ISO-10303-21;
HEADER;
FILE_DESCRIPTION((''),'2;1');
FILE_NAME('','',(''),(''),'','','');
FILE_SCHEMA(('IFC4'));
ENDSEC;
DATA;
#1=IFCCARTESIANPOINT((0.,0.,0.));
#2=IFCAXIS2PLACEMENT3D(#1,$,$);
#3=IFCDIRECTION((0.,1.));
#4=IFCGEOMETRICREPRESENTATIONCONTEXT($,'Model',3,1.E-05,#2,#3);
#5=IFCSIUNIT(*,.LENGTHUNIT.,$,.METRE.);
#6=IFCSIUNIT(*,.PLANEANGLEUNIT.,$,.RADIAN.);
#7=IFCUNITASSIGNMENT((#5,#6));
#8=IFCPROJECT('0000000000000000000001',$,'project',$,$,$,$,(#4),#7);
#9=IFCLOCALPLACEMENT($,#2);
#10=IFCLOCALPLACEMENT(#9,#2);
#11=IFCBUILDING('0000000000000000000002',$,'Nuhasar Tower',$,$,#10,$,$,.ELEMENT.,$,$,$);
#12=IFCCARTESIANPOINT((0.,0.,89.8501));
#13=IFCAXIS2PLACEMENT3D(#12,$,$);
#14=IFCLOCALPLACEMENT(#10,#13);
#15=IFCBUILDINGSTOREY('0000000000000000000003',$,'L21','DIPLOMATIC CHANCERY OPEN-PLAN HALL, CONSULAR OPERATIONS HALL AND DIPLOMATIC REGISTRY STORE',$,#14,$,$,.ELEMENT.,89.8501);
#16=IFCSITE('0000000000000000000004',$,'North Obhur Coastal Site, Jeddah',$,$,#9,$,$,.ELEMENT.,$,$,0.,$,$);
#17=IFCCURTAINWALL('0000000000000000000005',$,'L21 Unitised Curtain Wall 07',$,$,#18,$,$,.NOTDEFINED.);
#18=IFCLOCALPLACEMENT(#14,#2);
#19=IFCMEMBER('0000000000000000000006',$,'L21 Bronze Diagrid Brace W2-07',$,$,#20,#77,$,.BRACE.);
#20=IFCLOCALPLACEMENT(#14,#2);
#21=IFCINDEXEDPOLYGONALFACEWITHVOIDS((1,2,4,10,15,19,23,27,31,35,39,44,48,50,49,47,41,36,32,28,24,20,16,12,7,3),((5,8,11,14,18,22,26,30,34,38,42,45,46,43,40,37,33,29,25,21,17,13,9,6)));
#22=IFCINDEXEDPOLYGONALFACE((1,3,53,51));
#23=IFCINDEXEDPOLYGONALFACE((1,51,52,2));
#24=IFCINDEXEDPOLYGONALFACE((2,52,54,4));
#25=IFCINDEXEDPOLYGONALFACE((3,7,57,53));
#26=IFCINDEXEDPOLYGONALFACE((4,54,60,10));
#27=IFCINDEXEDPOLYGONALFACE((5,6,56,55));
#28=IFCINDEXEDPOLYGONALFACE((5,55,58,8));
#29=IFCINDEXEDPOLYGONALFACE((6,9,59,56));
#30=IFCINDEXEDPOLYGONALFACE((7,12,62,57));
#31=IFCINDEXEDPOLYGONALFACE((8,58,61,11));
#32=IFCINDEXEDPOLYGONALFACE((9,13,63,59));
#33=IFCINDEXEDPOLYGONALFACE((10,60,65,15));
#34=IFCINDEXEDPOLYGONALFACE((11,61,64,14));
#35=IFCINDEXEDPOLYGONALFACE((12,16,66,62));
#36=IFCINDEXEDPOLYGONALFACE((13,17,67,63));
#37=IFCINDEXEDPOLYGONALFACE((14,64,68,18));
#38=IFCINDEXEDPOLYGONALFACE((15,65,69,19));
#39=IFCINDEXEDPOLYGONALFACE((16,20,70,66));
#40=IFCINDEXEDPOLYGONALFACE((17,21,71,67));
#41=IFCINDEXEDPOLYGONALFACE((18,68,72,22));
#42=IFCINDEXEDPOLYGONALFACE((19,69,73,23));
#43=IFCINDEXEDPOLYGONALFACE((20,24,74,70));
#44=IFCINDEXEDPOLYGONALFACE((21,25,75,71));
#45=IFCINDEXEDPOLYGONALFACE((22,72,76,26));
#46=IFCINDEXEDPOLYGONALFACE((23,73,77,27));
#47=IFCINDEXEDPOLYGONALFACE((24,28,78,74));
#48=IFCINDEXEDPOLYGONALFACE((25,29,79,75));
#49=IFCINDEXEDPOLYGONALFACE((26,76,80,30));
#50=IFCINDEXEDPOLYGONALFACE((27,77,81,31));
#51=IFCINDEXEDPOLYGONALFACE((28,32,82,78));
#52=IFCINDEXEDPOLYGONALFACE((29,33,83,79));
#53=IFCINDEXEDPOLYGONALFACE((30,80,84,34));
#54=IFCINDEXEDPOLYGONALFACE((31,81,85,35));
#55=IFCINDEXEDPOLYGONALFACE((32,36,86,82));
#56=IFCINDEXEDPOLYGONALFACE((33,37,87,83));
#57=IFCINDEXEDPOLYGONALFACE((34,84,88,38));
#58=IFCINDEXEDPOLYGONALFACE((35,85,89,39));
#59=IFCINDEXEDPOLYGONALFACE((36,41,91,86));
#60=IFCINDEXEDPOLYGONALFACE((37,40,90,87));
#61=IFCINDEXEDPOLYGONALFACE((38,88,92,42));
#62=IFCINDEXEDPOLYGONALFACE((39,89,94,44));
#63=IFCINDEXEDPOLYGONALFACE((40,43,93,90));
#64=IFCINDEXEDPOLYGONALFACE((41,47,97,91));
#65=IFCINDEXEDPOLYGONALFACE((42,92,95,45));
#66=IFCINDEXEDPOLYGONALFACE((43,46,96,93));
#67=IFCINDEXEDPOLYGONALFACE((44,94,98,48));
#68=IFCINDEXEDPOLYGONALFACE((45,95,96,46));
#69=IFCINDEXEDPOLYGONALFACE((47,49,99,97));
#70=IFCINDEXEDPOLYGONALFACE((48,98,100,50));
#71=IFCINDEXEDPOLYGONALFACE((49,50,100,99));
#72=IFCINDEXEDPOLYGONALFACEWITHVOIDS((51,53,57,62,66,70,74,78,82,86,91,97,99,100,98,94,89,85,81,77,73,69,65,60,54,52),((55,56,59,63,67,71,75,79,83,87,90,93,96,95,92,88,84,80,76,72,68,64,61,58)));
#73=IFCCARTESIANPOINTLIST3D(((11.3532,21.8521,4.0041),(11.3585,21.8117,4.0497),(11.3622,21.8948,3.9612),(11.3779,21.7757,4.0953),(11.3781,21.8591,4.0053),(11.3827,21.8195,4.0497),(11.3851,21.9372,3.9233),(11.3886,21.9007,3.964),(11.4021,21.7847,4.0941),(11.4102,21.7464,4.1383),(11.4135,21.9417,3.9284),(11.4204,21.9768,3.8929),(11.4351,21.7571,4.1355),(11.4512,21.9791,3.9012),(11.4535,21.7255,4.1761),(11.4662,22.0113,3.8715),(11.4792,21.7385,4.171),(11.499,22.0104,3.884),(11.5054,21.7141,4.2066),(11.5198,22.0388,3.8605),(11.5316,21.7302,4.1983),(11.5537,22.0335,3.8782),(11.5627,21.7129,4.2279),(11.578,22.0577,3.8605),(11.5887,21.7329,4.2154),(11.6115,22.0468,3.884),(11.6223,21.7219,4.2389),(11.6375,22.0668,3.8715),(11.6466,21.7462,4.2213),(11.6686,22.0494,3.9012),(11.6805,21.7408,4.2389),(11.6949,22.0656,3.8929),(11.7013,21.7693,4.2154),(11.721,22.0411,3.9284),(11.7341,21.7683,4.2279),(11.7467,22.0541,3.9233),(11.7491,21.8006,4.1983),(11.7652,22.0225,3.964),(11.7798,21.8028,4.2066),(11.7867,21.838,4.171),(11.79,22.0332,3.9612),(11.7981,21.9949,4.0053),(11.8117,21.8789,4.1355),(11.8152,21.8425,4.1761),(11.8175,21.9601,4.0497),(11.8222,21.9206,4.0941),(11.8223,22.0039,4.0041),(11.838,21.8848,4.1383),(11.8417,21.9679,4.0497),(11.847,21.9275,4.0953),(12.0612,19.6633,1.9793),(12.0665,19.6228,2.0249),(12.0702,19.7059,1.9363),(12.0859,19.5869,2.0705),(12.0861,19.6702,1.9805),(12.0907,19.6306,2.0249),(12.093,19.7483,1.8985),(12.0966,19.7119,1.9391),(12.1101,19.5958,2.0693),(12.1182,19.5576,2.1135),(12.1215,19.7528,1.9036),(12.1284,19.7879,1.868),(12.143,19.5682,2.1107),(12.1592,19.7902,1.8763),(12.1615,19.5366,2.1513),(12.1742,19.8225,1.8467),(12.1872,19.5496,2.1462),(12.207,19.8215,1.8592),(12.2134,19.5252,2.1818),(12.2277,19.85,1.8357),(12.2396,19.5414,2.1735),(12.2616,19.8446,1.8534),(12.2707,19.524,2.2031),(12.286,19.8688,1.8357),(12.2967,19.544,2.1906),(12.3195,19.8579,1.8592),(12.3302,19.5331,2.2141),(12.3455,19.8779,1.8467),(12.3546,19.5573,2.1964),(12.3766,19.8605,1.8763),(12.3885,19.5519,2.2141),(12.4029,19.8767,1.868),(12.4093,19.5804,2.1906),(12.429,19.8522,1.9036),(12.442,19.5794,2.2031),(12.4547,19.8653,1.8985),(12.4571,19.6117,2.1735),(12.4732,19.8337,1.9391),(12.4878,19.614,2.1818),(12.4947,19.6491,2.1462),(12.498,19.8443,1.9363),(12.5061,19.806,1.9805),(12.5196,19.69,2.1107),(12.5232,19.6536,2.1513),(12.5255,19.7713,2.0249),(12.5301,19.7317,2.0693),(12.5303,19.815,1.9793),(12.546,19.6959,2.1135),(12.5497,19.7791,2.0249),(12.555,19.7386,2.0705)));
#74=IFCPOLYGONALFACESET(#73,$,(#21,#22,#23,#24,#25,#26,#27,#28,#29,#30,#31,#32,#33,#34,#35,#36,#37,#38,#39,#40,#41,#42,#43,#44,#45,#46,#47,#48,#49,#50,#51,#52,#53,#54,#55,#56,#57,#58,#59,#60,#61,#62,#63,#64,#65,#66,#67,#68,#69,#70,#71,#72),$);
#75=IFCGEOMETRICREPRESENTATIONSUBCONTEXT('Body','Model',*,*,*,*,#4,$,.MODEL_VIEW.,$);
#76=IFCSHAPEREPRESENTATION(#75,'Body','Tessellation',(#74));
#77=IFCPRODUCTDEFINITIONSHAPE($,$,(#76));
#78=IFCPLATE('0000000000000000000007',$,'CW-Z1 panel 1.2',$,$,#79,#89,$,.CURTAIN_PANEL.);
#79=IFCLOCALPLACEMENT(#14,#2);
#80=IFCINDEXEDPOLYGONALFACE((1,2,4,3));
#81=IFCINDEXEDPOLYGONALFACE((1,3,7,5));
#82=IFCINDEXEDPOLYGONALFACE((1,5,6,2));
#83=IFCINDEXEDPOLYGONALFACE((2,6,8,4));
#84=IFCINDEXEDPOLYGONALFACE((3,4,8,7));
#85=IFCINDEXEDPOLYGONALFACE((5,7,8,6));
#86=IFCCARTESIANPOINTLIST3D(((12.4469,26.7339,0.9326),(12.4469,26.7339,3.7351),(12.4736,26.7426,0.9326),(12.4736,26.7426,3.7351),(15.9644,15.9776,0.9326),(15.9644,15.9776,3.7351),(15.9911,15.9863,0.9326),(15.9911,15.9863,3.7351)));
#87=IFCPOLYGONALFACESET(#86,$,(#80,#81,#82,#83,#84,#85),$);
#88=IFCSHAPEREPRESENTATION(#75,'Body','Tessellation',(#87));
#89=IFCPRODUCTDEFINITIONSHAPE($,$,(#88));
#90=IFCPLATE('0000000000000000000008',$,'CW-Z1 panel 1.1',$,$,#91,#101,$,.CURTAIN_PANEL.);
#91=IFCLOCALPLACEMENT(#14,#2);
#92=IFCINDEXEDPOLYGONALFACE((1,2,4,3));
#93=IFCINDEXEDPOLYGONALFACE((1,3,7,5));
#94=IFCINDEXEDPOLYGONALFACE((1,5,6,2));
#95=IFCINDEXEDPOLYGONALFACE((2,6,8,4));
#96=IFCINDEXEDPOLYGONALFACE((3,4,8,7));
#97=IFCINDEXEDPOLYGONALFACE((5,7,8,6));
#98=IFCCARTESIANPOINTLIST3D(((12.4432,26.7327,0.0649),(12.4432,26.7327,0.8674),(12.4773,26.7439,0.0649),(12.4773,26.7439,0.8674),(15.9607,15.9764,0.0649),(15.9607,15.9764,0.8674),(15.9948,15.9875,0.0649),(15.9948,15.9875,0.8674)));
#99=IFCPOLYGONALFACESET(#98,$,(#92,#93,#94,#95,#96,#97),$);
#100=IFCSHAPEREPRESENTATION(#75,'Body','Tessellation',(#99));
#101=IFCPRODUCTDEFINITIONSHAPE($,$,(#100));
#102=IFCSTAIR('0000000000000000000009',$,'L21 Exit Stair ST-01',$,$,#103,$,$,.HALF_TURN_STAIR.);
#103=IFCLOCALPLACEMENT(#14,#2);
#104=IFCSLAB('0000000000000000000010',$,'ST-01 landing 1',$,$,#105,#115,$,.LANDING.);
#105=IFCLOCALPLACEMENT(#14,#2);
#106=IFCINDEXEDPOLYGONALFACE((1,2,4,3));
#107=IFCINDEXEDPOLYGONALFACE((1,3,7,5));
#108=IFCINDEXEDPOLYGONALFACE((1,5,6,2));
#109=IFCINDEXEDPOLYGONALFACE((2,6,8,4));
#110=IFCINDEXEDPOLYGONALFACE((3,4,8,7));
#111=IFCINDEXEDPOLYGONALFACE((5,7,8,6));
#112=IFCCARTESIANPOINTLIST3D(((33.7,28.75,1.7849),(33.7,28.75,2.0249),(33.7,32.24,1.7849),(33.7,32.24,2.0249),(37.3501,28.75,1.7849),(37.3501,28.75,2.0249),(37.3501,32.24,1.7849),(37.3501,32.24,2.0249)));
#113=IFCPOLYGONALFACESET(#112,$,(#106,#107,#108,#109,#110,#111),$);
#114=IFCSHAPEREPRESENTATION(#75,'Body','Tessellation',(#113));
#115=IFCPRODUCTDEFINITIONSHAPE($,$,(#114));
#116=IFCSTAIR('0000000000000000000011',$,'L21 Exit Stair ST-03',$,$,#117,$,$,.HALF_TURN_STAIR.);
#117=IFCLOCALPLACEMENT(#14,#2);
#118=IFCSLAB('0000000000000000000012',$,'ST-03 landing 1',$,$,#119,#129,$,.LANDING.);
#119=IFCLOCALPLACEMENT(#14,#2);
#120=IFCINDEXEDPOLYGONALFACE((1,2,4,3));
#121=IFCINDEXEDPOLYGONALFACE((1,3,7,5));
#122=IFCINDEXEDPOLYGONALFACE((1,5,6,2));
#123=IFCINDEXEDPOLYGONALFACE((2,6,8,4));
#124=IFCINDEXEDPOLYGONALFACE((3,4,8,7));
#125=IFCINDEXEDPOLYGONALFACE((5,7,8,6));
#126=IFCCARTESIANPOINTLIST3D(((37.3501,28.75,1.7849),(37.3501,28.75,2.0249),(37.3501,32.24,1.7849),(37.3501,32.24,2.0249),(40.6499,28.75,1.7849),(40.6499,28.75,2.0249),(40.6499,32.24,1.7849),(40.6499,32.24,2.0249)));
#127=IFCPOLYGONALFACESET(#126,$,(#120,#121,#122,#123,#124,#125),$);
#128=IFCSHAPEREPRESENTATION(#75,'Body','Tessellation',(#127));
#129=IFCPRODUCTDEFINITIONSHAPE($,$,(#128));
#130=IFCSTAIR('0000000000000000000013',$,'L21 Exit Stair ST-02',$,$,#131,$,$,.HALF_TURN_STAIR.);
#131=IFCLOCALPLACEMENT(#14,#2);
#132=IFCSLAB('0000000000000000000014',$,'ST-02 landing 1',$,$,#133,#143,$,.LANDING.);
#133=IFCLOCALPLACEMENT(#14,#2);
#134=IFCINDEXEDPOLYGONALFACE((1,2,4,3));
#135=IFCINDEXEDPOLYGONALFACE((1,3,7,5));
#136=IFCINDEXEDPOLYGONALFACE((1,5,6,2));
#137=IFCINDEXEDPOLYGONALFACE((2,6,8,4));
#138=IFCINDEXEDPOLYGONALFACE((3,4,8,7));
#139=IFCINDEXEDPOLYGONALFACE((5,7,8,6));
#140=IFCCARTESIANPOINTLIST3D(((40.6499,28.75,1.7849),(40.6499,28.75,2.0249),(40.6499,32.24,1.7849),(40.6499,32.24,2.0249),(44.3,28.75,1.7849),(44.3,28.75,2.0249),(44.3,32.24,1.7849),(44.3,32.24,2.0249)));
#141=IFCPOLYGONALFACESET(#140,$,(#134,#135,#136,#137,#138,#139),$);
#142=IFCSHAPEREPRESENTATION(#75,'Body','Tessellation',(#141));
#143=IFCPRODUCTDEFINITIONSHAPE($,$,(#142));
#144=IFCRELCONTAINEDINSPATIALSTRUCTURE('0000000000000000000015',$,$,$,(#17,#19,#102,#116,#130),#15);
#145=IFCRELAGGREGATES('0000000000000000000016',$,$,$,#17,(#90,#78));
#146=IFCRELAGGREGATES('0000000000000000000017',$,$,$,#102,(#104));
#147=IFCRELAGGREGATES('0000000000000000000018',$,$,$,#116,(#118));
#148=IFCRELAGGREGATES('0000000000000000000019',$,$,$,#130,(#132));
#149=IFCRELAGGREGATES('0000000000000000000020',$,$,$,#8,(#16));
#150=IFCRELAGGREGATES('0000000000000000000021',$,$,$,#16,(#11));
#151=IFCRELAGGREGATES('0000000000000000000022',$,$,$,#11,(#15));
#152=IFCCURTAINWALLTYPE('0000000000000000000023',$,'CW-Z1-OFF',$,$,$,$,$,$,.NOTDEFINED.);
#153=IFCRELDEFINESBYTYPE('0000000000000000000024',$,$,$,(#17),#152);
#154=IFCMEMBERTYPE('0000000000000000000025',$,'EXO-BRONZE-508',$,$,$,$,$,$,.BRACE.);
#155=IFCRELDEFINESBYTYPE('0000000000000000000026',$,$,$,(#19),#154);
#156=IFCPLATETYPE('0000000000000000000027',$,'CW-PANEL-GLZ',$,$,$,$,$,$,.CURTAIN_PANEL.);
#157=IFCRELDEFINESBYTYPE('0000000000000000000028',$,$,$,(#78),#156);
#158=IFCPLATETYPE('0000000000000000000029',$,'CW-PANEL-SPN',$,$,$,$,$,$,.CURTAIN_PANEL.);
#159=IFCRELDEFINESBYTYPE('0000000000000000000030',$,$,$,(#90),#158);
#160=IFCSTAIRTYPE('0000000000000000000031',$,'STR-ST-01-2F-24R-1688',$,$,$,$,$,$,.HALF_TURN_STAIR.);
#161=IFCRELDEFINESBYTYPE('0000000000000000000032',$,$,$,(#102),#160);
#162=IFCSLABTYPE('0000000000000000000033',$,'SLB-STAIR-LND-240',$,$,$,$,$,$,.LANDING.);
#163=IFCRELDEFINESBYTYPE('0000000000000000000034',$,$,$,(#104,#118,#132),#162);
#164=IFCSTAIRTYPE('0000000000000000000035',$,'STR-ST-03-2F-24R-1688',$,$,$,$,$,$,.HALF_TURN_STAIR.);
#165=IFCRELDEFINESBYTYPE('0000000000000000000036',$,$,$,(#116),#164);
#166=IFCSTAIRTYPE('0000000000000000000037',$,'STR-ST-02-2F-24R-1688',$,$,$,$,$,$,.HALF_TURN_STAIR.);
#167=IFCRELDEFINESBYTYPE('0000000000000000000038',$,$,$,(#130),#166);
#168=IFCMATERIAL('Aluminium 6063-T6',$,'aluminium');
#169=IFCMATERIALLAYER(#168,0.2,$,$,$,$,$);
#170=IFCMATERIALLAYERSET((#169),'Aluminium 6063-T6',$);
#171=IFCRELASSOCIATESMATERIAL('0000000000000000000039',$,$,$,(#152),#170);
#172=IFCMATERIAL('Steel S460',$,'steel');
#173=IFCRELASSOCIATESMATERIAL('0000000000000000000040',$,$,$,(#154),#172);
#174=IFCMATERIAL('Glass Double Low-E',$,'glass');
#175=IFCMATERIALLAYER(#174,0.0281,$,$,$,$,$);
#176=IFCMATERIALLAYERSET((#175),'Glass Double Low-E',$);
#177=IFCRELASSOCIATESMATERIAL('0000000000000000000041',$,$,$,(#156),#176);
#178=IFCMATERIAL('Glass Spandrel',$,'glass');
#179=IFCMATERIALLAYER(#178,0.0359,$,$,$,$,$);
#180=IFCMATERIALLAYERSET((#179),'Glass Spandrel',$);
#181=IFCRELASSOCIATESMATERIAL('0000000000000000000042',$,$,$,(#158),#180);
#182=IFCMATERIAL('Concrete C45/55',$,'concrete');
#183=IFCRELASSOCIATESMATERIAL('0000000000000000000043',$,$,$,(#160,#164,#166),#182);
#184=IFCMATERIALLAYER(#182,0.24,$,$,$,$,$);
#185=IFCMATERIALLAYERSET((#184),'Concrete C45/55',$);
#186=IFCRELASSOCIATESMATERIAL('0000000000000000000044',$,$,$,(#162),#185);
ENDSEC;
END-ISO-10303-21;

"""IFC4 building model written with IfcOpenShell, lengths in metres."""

from ifc_helpers import new_model, si_unit, direction, frame, origin, origin_2d, place, context, subcontext, project, spatial, polyline, rectangle, hollow_circle, outline, extrude, material, layer, layer_set, material_profile, profile_set, type_object, element, aggregate, save


model = new_model("IFC4")

# Units and contexts
model_context = context("Model", 3, precision=1e-05, world=origin(), true_north=direction((0.0, 1.0)))
body_context = subcontext(model_context, "Body", "Model", "MODEL_VIEW")
ifc_project = project(units=[si_unit("LENGTHUNIT", "METRE"), si_unit("PLANEANGLEUNIT", "RADIAN")], contexts=[model_context])

# Site, building, storey
site_placement = place(None, origin())
site = spatial("IfcSite", under=ifc_project, at=site_placement, Name="North Obhur Coastal Site, Jeddah", CompositionType="ELEMENT", RefElevation=0.0)
building_placement = place(site_placement, origin())
building = spatial("IfcBuilding", under=site, at=building_placement, Name="Nuhasar Tower", CompositionType="ELEMENT")
storey_placement = place(building_placement, frame((0.0, 0.0, 89.8501)))
storey = spatial("IfcBuildingStorey", under=building, at=storey_placement, Name="L21", Description="DIPLOMATIC CHANCERY OPEN-PLAN HALL, CONSULAR OPERATIONS HALL AND DIPLOMATIC REGISTRY STORE", CompositionType="ELEMENT", Elevation=89.8501)

# Curtain wall
ifc_material_1 = material(Name="Aluminium 6063-T6", Category="aluminium")
ifc_layer_1 = layer(ifc_material_1, 0.2)
ifc_layer_set_1 = layer_set([ifc_layer_1], Name="Aluminium 6063-T6")
curtain_wall_type = type_object("IfcCurtainWallType", Name="CW-Z1-OFF", PredefinedType="NOTDEFINED", material=ifc_layer_set_1)
curtain_wall_1_placement = place(storey_placement, origin())
curtain_wall_1 = element("IfcCurtainWall", 1, at=curtain_wall_1_placement, inside=storey, type_object=curtain_wall_type, Name="L21 Unitised Curtain Wall 07", PredefinedType="NOTDEFINED")

# Member
ifc_material_2 = material(Name="Steel S460", Category="steel")
ifc_material_profile_1 = material_profile(ifc_material_2, hollow_circle(Radius=0.2539, WallThickness=0.0254, at=origin_2d()), Name="HSS508X25.4")
ifc_profile_set_1 = profile_set([ifc_material_profile_1], Name="Steel S460")
member_type_1 = type_object("IfcMemberType", Name="EXO-BRONZE-508", PredefinedType="BRACE", material=ifc_profile_set_1)
for number, where, z_axis, x_axis, name in (
    (2, (12.3081, 19.7009, 2.0249), (-0.231012, 0.714225, 0.660694), (-0.951468, -0.307747, 0.0), "L21 Bronze Diagrid Brace W2-07"),
):
    element("IfcMember", number, at=place(storey_placement, frame(where, z_axis=z_axis, x_axis=x_axis)), inside=storey, type_object=member_type_1, Name=name, PredefinedType="BRACE", context=body_context, shape_type="SweptSolid", body=[
        extrude(hollow_circle(Radius=0.2539, WallThickness=0.0254, at=origin_2d()), origin(), (0.0, 0.0, 1.0), 3.0647),
    ])

# Plates
ifc_material_3 = material(Name="Glass Double Low-E", Category="glass")
ifc_layer_2 = layer(ifc_material_3, 0.0281)
ifc_layer_set_2 = layer_set([ifc_layer_2], Name="Glass Double Low-E")
plate_type_1 = type_object("IfcPlateType", Name="CW-PANEL-GLZ", PredefinedType="CURTAIN_PANEL", material=ifc_layer_set_2)
plate_1_placement = place(storey_placement, frame((14.219, 21.3601, 0.9326), z_axis=(0.0, 0.0, 1.0), x_axis=(0.310824, -0.950468, 0.0)))
plate_1 = element("IfcPlate", 3, at=plate_1_placement, type_object=plate_type_1, Name="CW-Z1 panel 1.2", PredefinedType="CURTAIN_PANEL", context=body_context, shape_type="SweptSolid", body=[
    extrude(rectangle(XDim=11.3169, YDim=0.0281, at=origin_2d()), origin(), (0.0, 0.0, 1.0), 2.8025),
])
ifc_material_4 = material(Name="Glass Spandrel", Category="glass")
ifc_layer_3 = layer(ifc_material_4, 0.0359)
ifc_layer_set_3 = layer_set([ifc_layer_3], Name="Glass Spandrel")
plate_type_2 = type_object("IfcPlateType", Name="CW-PANEL-SPN", PredefinedType="CURTAIN_PANEL", material=ifc_layer_set_3)
plate_2_placement = place(storey_placement, frame((14.219, 21.3601, 0.0649), z_axis=(0.0, 0.0, 1.0), x_axis=(0.310824, -0.950468, 0.0)))
plate_2 = element("IfcPlate", 4, at=plate_2_placement, type_object=plate_type_2, Name="CW-Z1 panel 1.1", PredefinedType="CURTAIN_PANEL", context=body_context, shape_type="SweptSolid", body=[
    extrude(rectangle(XDim=11.3169, YDim=0.0359, at=origin_2d()), origin(), (0.0, 0.0, 1.0), 0.8025),
])
aggregate(curtain_wall_1, [plate_2, plate_1])

# Stairs, slabs
ifc_material_5 = material(Name="Concrete C45/55", Category="concrete")
stair_type_1 = type_object("IfcStairType", Name="STR-ST-01-2F-24R-1688", PredefinedType="HALF_TURN_STAIR", material=ifc_material_5)
stair_1_placement = place(storey_placement, origin())
stair_1 = element("IfcStair", 5, at=stair_1_placement, inside=storey, type_object=stair_type_1, Name="L21 Exit Stair ST-01", PredefinedType="HALF_TURN_STAIR")
ifc_layer_4 = layer(ifc_material_5, 0.24)
ifc_layer_set_4 = layer_set([ifc_layer_4], Name="Concrete C45/55")
slab_type_1 = type_object("IfcSlabType", Name="SLB-STAIR-LND-240", PredefinedType="LANDING", material=ifc_layer_set_4)
slab_1_placement = place(storey_placement, frame((0.0, 0.0, 1.7849)))
slab_1 = element("IfcSlab", 6, at=slab_1_placement, type_object=slab_type_1, Name="ST-01 landing 1", PredefinedType="LANDING", context=body_context, shape_type="SweptSolid", body=[
    extrude(outline(polyline([(33.7, 28.75), (37.3501, 28.75), (37.3501, 32.24), (33.7, 32.24), (33.7, 28.75)])), origin(), (0.0, 0.0, 1.0), 0.24),
])
aggregate(stair_1, [slab_1])
stair_type_2 = type_object("IfcStairType", Name="STR-ST-03-2F-24R-1688", PredefinedType="HALF_TURN_STAIR", material=ifc_material_5)
stair_2_placement = place(storey_placement, origin())
stair_2 = element("IfcStair", 7, at=stair_2_placement, inside=storey, type_object=stair_type_2, Name="L21 Exit Stair ST-03", PredefinedType="HALF_TURN_STAIR")
slab_2_placement = place(storey_placement, frame((0.0, 0.0, 1.7849)))
slab_2 = element("IfcSlab", 8, at=slab_2_placement, type_object=slab_type_1, Name="ST-03 landing 1", PredefinedType="LANDING", context=body_context, shape_type="SweptSolid", body=[
    extrude(outline(polyline([(37.3501, 28.75), (40.6499, 28.75), (40.6499, 32.24), (37.3501, 32.24), (37.3501, 28.75)])), origin(), (0.0, 0.0, 1.0), 0.24),
])
aggregate(stair_2, [slab_2])
stair_type_3 = type_object("IfcStairType", Name="STR-ST-02-2F-24R-1688", PredefinedType="HALF_TURN_STAIR", material=ifc_material_5)
stair_3_placement = place(storey_placement, origin())
stair_3 = element("IfcStair", 9, at=stair_3_placement, inside=storey, type_object=stair_type_3, Name="L21 Exit Stair ST-02", PredefinedType="HALF_TURN_STAIR")
slab_3_placement = place(storey_placement, frame((0.0, 0.0, 1.7849)))
slab_3 = element("IfcSlab", 10, at=slab_3_placement, type_object=slab_type_1, Name="ST-02 landing 1", PredefinedType="LANDING", context=body_context, shape_type="SweptSolid", body=[
    extrude(outline(polyline([(40.6499, 28.75), (44.3, 28.75), (44.3, 32.24), (40.6499, 32.24), (40.6499, 28.75)])), origin(), (0.0, 0.0, 1.0), 0.24),
])
aggregate(stair_3, [slab_3])

save(model, "model.ifc")
